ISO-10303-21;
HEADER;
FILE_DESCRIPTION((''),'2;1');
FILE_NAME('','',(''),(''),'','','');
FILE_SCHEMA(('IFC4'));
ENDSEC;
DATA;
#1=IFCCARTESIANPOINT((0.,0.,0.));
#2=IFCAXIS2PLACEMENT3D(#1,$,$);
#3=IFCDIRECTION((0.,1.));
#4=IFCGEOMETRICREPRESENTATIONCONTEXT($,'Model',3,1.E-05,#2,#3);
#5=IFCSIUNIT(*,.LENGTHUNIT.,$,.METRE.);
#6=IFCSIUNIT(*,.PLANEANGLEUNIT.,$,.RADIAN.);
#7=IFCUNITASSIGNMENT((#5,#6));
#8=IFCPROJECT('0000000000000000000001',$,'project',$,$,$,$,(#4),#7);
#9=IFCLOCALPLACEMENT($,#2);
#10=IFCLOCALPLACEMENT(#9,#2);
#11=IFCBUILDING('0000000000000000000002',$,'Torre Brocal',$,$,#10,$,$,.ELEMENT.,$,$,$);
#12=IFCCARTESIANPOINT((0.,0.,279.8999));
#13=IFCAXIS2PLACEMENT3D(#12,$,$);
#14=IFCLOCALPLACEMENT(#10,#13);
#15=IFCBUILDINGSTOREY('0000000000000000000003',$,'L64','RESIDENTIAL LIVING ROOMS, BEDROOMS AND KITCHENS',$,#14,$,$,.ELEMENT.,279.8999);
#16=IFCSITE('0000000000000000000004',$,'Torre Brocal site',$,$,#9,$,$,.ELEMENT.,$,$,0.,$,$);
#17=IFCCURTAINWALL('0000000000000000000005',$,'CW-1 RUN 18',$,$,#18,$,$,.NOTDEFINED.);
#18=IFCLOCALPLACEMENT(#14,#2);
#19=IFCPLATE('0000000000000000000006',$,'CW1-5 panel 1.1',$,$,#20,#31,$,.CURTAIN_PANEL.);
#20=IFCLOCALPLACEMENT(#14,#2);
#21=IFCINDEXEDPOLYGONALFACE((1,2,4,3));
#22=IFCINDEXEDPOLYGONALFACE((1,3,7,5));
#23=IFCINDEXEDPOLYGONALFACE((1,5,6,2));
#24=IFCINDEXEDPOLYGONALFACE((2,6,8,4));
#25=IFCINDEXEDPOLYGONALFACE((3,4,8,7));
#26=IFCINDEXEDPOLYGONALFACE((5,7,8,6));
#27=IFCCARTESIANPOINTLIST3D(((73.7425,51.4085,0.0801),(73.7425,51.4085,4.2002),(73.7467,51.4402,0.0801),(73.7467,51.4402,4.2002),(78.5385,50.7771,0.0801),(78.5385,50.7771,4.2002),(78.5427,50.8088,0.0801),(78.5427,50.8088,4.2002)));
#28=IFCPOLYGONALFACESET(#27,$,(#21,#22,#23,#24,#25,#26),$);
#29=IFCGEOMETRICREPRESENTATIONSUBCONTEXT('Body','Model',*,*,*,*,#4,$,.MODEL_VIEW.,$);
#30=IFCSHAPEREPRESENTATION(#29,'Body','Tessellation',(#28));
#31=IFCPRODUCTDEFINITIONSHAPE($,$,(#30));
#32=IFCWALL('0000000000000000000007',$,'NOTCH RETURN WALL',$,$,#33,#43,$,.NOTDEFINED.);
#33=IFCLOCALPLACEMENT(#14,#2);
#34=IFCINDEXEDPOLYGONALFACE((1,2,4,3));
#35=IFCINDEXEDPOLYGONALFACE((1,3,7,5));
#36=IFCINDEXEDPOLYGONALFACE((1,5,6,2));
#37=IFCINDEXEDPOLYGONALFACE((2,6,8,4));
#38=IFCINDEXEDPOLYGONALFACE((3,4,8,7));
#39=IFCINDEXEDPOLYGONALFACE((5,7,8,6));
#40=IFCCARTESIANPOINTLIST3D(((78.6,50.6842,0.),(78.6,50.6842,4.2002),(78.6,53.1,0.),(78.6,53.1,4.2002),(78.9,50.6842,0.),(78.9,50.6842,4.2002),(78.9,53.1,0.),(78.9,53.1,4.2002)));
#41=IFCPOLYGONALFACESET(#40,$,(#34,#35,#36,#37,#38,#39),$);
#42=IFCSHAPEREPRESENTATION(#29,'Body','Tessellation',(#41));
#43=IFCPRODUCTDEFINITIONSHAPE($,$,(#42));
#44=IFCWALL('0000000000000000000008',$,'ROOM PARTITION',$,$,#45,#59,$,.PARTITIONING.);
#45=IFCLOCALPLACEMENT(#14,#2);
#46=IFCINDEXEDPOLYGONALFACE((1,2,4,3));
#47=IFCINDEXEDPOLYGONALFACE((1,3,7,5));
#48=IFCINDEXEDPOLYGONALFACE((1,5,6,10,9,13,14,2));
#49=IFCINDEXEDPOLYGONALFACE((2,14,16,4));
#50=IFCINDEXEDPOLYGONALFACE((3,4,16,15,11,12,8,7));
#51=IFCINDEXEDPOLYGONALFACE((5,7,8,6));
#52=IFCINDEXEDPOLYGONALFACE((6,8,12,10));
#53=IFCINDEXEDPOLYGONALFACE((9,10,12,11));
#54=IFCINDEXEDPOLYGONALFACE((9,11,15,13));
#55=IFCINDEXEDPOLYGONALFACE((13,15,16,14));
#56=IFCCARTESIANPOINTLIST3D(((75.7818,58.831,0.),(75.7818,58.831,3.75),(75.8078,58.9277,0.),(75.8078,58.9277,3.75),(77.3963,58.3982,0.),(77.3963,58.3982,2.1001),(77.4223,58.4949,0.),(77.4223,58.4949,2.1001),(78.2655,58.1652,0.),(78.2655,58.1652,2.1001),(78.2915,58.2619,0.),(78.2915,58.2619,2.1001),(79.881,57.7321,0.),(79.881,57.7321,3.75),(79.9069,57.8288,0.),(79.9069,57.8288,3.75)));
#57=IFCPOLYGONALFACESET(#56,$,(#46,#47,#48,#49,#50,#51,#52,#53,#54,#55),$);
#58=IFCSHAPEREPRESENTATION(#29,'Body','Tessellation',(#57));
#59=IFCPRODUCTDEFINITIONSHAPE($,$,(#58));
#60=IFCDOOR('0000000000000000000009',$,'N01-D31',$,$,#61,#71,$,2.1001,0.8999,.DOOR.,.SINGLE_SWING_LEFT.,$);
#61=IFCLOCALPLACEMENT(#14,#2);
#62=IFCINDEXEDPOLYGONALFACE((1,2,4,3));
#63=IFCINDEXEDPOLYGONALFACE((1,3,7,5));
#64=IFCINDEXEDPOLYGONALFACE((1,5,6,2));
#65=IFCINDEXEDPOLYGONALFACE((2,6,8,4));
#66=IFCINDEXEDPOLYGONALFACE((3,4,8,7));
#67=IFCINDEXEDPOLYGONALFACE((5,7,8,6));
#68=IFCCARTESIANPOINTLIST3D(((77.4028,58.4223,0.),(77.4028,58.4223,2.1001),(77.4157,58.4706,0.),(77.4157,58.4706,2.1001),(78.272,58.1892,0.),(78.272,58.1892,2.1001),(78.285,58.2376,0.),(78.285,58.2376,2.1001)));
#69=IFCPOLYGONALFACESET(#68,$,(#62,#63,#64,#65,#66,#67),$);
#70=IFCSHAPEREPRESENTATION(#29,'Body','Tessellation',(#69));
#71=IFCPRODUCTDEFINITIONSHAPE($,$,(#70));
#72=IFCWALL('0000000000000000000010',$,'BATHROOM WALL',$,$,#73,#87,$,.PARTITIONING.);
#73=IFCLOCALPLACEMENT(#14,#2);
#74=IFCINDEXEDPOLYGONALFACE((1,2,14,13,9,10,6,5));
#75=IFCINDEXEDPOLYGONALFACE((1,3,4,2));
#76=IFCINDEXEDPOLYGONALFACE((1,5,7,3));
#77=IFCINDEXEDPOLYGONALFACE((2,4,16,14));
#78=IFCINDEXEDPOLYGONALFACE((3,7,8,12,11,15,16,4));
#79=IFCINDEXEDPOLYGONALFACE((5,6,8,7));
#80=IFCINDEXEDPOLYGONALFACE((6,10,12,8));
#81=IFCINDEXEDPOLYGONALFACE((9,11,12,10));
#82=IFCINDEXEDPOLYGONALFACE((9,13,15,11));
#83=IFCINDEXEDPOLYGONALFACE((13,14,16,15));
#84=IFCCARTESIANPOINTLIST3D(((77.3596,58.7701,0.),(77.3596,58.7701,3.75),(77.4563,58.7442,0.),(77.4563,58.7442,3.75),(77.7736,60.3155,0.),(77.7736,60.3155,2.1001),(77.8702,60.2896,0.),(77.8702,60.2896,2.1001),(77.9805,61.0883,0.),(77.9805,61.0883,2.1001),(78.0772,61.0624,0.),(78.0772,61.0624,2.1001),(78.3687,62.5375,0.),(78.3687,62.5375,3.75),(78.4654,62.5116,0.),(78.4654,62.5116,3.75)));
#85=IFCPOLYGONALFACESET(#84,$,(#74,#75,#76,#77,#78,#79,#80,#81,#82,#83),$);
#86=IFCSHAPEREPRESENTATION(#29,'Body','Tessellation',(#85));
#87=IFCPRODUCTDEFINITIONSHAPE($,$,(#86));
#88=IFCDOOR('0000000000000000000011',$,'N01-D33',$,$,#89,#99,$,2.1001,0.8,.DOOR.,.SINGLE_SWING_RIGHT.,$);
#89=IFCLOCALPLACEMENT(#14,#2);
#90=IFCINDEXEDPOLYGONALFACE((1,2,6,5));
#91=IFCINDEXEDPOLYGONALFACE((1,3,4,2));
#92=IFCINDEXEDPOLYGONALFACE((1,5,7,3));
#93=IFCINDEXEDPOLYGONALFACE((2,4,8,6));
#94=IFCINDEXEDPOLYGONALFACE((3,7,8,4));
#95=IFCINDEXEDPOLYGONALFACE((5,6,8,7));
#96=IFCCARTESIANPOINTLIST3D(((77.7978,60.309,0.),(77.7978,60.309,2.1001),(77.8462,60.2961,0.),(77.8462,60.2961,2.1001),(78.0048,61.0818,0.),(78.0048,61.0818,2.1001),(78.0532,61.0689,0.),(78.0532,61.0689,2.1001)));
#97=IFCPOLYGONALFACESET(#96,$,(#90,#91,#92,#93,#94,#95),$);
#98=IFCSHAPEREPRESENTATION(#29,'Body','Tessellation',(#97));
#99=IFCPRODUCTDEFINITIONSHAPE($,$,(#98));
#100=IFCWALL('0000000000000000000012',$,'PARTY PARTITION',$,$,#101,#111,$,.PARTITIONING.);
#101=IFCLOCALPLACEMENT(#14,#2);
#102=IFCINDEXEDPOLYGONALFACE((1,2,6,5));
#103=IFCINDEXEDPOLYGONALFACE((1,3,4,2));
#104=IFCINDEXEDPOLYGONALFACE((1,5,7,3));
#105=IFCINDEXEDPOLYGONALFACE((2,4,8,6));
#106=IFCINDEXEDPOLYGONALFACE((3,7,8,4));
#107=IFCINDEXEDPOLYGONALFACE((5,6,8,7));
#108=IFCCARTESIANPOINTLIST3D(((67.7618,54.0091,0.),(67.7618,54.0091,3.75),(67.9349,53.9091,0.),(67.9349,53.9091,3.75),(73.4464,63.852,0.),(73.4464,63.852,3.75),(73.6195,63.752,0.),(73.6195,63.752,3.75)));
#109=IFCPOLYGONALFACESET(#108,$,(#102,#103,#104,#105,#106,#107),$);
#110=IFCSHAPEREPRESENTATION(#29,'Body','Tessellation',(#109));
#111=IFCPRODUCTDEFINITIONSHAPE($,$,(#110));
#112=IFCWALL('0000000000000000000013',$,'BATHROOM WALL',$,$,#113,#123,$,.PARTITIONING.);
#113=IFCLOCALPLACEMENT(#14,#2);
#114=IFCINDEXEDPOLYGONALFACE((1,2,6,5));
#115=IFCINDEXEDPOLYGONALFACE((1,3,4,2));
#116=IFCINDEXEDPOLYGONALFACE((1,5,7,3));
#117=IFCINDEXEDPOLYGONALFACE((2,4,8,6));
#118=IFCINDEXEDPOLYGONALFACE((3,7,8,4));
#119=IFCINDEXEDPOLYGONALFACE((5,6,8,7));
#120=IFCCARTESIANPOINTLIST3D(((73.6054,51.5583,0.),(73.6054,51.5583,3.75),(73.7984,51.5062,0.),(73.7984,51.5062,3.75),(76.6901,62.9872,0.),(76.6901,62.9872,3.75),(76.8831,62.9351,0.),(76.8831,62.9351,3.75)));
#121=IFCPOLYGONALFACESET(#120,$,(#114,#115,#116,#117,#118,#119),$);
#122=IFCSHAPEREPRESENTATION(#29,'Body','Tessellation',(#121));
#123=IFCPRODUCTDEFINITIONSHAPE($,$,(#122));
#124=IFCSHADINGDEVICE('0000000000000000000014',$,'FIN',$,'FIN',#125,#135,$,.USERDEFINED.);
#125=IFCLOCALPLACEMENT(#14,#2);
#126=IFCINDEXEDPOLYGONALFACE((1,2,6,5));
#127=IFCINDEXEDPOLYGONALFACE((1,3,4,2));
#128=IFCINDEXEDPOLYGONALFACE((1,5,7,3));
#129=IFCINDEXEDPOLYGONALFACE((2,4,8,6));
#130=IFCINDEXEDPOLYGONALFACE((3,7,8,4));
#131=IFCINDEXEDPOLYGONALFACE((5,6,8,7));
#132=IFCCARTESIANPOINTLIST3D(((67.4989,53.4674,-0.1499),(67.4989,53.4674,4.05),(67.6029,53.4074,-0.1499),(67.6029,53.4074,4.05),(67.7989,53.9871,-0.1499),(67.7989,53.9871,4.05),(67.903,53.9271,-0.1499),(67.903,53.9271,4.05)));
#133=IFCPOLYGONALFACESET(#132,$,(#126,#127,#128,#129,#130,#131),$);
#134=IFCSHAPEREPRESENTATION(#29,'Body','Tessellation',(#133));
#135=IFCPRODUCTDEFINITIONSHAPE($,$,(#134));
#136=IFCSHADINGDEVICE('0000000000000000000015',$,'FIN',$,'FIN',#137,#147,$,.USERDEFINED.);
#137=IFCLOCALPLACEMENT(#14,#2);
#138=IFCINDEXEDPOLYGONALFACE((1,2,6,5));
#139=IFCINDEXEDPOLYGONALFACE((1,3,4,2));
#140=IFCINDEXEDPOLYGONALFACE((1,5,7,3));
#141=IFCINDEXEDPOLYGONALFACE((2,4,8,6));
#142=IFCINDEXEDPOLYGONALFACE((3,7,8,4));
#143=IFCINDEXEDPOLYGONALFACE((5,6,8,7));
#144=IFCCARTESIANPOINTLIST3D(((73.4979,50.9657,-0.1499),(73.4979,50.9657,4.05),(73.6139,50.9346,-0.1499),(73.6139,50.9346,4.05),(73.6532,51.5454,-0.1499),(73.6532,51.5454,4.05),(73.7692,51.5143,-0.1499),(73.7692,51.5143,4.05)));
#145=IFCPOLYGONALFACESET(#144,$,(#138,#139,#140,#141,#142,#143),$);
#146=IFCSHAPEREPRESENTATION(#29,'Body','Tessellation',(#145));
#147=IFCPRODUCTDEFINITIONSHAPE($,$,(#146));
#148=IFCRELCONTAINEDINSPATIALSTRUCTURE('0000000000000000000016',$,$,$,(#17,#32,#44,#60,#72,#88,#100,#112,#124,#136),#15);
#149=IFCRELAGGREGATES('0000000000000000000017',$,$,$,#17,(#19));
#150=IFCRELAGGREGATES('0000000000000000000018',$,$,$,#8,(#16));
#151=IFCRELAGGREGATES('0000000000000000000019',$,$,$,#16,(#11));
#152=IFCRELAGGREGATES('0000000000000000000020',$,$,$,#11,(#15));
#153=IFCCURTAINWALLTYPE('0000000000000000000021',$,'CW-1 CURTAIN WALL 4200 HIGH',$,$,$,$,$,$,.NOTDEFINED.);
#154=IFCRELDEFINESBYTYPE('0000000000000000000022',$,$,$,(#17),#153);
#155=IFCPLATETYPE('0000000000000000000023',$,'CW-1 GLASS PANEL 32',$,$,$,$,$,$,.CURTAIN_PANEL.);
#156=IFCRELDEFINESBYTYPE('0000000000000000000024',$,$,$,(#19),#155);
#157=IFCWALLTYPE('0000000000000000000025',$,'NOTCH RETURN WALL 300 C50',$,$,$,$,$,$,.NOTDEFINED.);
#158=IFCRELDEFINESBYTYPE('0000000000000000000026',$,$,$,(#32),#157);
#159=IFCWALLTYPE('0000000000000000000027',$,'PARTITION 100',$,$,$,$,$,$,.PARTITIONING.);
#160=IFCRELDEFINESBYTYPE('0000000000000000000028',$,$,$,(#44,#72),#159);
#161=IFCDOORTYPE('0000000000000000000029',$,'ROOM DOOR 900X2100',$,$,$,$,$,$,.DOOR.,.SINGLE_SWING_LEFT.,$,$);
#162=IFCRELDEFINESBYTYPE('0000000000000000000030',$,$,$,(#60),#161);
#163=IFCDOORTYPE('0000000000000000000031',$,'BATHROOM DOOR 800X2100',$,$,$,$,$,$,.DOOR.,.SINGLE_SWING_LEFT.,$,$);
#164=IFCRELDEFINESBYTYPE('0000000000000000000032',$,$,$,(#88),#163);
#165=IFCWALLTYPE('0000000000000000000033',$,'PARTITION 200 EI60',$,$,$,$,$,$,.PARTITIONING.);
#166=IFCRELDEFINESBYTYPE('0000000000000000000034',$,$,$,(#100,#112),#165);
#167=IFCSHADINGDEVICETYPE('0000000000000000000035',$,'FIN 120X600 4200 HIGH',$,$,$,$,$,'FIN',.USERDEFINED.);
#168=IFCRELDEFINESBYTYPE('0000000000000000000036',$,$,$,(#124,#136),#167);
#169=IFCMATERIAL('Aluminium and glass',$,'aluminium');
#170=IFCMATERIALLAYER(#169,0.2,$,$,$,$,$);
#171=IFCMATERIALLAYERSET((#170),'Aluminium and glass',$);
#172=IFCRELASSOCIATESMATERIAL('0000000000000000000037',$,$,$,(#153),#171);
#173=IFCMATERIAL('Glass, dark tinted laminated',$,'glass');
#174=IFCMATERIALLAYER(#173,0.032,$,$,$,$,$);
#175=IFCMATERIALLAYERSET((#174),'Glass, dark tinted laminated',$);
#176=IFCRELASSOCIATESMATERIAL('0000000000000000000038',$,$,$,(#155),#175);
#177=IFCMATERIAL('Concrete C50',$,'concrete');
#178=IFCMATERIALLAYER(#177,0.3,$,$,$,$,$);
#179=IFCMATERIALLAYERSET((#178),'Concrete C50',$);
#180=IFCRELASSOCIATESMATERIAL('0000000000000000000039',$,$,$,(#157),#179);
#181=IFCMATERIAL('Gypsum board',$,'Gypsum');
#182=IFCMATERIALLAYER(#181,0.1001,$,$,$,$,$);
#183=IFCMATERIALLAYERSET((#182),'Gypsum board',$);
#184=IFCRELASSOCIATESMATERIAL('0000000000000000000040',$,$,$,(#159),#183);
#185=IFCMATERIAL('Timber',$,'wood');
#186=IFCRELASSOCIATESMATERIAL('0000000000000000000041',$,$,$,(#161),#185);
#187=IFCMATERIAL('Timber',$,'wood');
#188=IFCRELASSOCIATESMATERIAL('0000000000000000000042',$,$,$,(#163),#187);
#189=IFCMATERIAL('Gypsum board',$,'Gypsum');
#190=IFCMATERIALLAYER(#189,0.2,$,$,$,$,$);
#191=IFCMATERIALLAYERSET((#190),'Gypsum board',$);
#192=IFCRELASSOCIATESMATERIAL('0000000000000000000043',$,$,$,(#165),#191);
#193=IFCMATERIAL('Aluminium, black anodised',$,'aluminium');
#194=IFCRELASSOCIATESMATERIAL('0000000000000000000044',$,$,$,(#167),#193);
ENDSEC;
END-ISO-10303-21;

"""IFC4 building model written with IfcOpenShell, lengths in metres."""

from ifc_helpers import new_model, si_unit, direction, frame, frame_2d, origin, origin_2d, place, context, subcontext, project, spatial, rectangle, extrude, material, layer, layer_set, material_profile, profile_set, type_object, element, fill, aggregate, save


model = new_model("IFC4")

# Units and contexts
model_context = context("Model", 3, precision=1e-05, world=origin(), true_north=direction((0.0, 1.0)))
body_context = subcontext(model_context, "Body", "Model", "MODEL_VIEW")
ifc_project = project(units=[si_unit("LENGTHUNIT", "METRE"), si_unit("PLANEANGLEUNIT", "RADIAN")], contexts=[model_context])

# Site, building, storey
site_placement = place(None, origin())
site = spatial("IfcSite", under=ifc_project, at=site_placement, Name="Torre Brocal site", CompositionType="ELEMENT", RefElevation=0.0)
building_placement = place(site_placement, origin())
building = spatial("IfcBuilding", under=site, at=building_placement, Name="Torre Brocal", CompositionType="ELEMENT")
storey_placement = place(building_placement, frame((0.0, 0.0, 279.8999)))
storey = spatial("IfcBuildingStorey", under=building, at=storey_placement, Name="L64", Description="RESIDENTIAL LIVING ROOMS, BEDROOMS AND KITCHENS", CompositionType="ELEMENT", Elevation=279.8999)

# Shared definitions
ifc_material_1 = material(Name="Aluminium and glass", Category="aluminium")
ifc_layer_1 = layer(ifc_material_1, 0.2)
ifc_layer_set_1 = layer_set([ifc_layer_1], Name="Aluminium and glass")
curtain_wall_type = type_object("IfcCurtainWallType", Name="CW-1 CURTAIN WALL 4200 HIGH", PredefinedType="NOTDEFINED", material=ifc_layer_set_1)

# Curtain wall
curtain_wall_1_placement = place(storey_placement, origin())
curtain_wall_1 = element("IfcCurtainWall", 1, at=curtain_wall_1_placement, inside=storey, type_object=curtain_wall_type, Name="CW-1 RUN 18", PredefinedType="NOTDEFINED")

# Plate
ifc_material_2 = material(Name="Glass, dark tinted laminated", Category="glass")
ifc_layer_2 = layer(ifc_material_2, 0.032)
ifc_layer_set_2 = layer_set([ifc_layer_2], Name="Glass, dark tinted laminated")
plate_type = type_object("IfcPlateType", Name="CW-1 GLASS PANEL 32", PredefinedType="CURTAIN_PANEL", material=ifc_layer_set_2)
plate_1_placement = place(storey_placement, frame((76.1426, 51.1086, 0.0801), z_axis=(0.0, 0.0, 1.0), x_axis=(0.991445, -0.130526, 0.0)))
plate_1 = element("IfcPlate", 2, at=plate_1_placement, type_object=plate_type, Name="CW1-5 panel 1.1", PredefinedType="CURTAIN_PANEL", context=body_context, shape_type="SweptSolid", body=[
    extrude(rectangle(XDim=4.8374, YDim=0.032, at=origin_2d()), origin(), (0.0, 0.0, 1.0), 4.1201),
])
aggregate(curtain_wall_1, [plate_1])

# Wall
ifc_material_3 = material(Name="Concrete C50", Category="concrete")
ifc_layer_3 = layer(ifc_material_3, 0.3)
ifc_layer_set_3 = layer_set([ifc_layer_3], Name="Concrete C50")
wall_type_1 = type_object("IfcWallType", Name="NOTCH RETURN WALL 300 C50", PredefinedType="NOTDEFINED", material=ifc_layer_set_3)
wall_1_placement = place(storey_placement, frame((78.75, 53.1001, 0.0), z_axis=(0.0, 0.0, 1.0), x_axis=(0.0, -1.0, 0.0)))
element("IfcWall", 3, at=wall_1_placement, inside=storey, type_object=wall_type_1, Name="NOTCH RETURN WALL", PredefinedType="NOTDEFINED", context=body_context, shape_type="SweptSolid", body=[
    extrude(rectangle(XDim=2.4158, YDim=0.3, at=frame_2d((1.208, 0.0))), origin(), (0.0, 0.0, 1.0), 4.2002),
])

# Walls, openings, doors
ifc_material_4 = material(Name="Gypsum board", Category="Gypsum")
ifc_layer_4 = layer(ifc_material_4, 0.1001)
ifc_layer_set_4 = layer_set([ifc_layer_4], Name="Gypsum board")
wall_type_2 = type_object("IfcWallType", Name="PARTITION 100", PredefinedType="PARTITIONING", material=ifc_layer_set_4)
wall_2_placement = place(storey_placement, frame((75.7947, 58.8794, 0.0), z_axis=(0.0, 0.0, 1.0), x_axis=(0.965895, -0.258934, 0.0)))
wall_2 = element("IfcWall", 4, at=wall_2_placement, inside=storey, type_object=wall_type_2, Name="ROOM PARTITION", PredefinedType="PARTITIONING", context=body_context, shape_type="SweptSolid", body=[
    extrude(rectangle(XDim=4.2439, YDim=0.1001, at=frame_2d((2.1221, 0.0))), origin(), (0.0, 0.0, 1.0), 3.75),
])
opening_1_placement = place(wall_2_placement, frame((1.6716, 0.0, 0.0)))
opening_1 = element("IfcOpeningElement", 5, at=opening_1_placement, cuts=wall_2, PredefinedType="OPENING", context=body_context, shape_type="SweptSolid", body=[
    extrude(rectangle(XDim=0.8999, YDim=2.1001, at=frame_2d((0.45, 1.05))), frame((0.0, 0.0601, 0.0), z_axis=(0.0, -1.0, 0.0), x_axis=(1.0, 0.0, 0.0)), (0.0, 0.0, 1.0), 0.1201),
])
ifc_material_5 = material(Name="Timber", Category="wood")
door_type_1 = type_object("IfcDoorType", Name="ROOM DOOR 900X2100", OperationType="SINGLE_SWING_LEFT", PredefinedType="DOOR", material=ifc_material_5)
door_1_placement = place(opening_1_placement, origin())
door_1 = element("IfcDoor", 6, at=door_1_placement, inside=storey, type_object=door_type_1, Name="N01-D31", OperationType="SINGLE_SWING_LEFT", OverallHeight=2.1001, OverallWidth=0.8999, PredefinedType="DOOR", context=body_context, shape_type="SweptSolid", body=[
    extrude(rectangle(XDim=0.8999, YDim=2.1001, at=frame_2d((0.45, 1.05))), frame((0.0, 0.0249, 0.0), z_axis=(0.0, -1.0, 0.0), x_axis=(1.0, 0.0, 0.0)), (0.0, 0.0, 1.0), 0.05),
])
fill(opening_1, door_1)
wall_3_placement = place(storey_placement, frame((77.408, 58.7571, 0.0), z_axis=(0.0, 0.0, 1.0), x_axis=(0.258718, 0.965953, 0.0)))
wall_3 = element("IfcWall", 7, at=wall_3_placement, inside=storey, type_object=wall_type_2, Name="BATHROOM WALL", PredefinedType="PARTITIONING", context=body_context, shape_type="SweptSolid", body=[
    extrude(rectangle(XDim=3.9001, YDim=0.1001, at=frame_2d((1.9502, 0.0))), origin(), (0.0, 0.0, 1.0), 3.75),
])
opening_2_placement = place(wall_3_placement, frame((1.6001, 0.0, 0.0)))
opening_2 = element("IfcOpeningElement", 8, at=opening_2_placement, cuts=wall_3, PredefinedType="OPENING", context=body_context, shape_type="SweptSolid", body=[
    extrude(rectangle(XDim=0.8, YDim=2.1001, at=frame_2d((0.3999, 1.05))), frame((0.0, 0.0601, 0.0), z_axis=(0.0, -1.0, 0.0), x_axis=(1.0, 0.0, 0.0)), (0.0, 0.0, 1.0), 0.1201),
])
ifc_material_6 = material(Name="Timber", Category="wood")
door_type_2 = type_object("IfcDoorType", Name="BATHROOM DOOR 800X2100", OperationType="SINGLE_SWING_LEFT", PredefinedType="DOOR", material=ifc_material_6)
door_2_placement = place(opening_2_placement, origin())
door_2 = element("IfcDoor", 9, at=door_2_placement, inside=storey, type_object=door_type_2, Name="N01-D33", OperationType="SINGLE_SWING_RIGHT", OverallHeight=2.1001, OverallWidth=0.8, PredefinedType="DOOR", context=body_context, shape_type="SweptSolid", body=[
    extrude(rectangle(XDim=0.8, YDim=2.1001, at=frame_2d((0.3999, 1.05))), frame((0.0, 0.0249, 0.0), z_axis=(0.0, -1.0, 0.0), x_axis=(1.0, 0.0, 0.0)), (0.0, 0.0, 1.0), 0.05),
])
fill(opening_2, door_2)

# Walls
ifc_material_7 = material(Name="Gypsum board", Category="Gypsum")
ifc_layer_5 = layer(ifc_material_7, 0.2)
ifc_layer_set_5 = layer_set([ifc_layer_5], Name="Gypsum board")
wall_type_3 = type_object("IfcWallType", Name="PARTITION 200 EI60", PredefinedType="PARTITIONING", material=ifc_layer_set_5)
wall_4_placement = place(storey_placement, frame((67.8484, 53.9592, 0.0), z_axis=(0.0, 0.0, 1.0), x_axis=(0.500122, 0.865955, 0.0)))
element("IfcWall", 10, at=wall_4_placement, inside=storey, type_object=wall_type_3, Name="PARTY PARTITION", PredefinedType="PARTITIONING", context=body_context, shape_type="SweptSolid", body=[
    extrude(rectangle(XDim=11.3665, YDim=0.2, at=frame_2d((5.6831, 0.0))), origin(), (0.0, 0.0, 1.0), 3.75),
])
wall_5_placement = place(storey_placement, frame((73.7019, 51.5322, 0.0), z_axis=(0.0, 0.0, 1.0), x_axis=(0.260579, 0.965452, 0.0)))
element("IfcWall", 11, at=wall_5_placement, inside=storey, type_object=wall_type_3, Name="BATHROOM WALL", PredefinedType="PARTITIONING", context=body_context, shape_type="SweptSolid", body=[
    extrude(rectangle(XDim=11.8379, YDim=0.2, at=frame_2d((5.9189, 0.0))), origin(), (0.0, 0.0, 1.0), 3.75),
])

# Shading devices
ifc_material_8 = material(Name="Aluminium, black anodised", Category="aluminium")
ifc_material_profile_1 = material_profile(ifc_material_8, rectangle(XDim=0.1201, YDim=0.6001, at=origin_2d()), Name="FIN 120X600 4200 HIGH")
ifc_profile_set_1 = profile_set([ifc_material_profile_1], Name="Aluminium, black anodised")
shading_device_type = type_object("IfcShadingDeviceType", Name="FIN 120X600 4200 HIGH", ElementType="FIN", PredefinedType="USERDEFINED", material=ifc_profile_set_1)
for number, where, z_axis, x_axis, name in (
    (12, (67.7009, 53.6973, -0.1499), (0.0, 0.0, 1.0), (0.866025, -0.5, 0.0), "FIN"),
    (13, (73.6335, 51.24, -0.1499), (0.0, 0.0, 1.0), (0.965926, -0.258819, 0.0), "FIN"),
):
    element("IfcShadingDevice", number, at=place(storey_placement, frame(where, z_axis=z_axis, x_axis=x_axis)), inside=storey, type_object=shading_device_type, Name=name, ObjectType="FIN", PredefinedType="USERDEFINED", context=body_context, shape_type="SweptSolid", body=[
        extrude(rectangle(XDim=0.1201, YDim=0.6001, at=origin_2d()), origin(), (0.0, 0.0, 1.0), 4.2),
    ])

save(model, "model.ifc")
